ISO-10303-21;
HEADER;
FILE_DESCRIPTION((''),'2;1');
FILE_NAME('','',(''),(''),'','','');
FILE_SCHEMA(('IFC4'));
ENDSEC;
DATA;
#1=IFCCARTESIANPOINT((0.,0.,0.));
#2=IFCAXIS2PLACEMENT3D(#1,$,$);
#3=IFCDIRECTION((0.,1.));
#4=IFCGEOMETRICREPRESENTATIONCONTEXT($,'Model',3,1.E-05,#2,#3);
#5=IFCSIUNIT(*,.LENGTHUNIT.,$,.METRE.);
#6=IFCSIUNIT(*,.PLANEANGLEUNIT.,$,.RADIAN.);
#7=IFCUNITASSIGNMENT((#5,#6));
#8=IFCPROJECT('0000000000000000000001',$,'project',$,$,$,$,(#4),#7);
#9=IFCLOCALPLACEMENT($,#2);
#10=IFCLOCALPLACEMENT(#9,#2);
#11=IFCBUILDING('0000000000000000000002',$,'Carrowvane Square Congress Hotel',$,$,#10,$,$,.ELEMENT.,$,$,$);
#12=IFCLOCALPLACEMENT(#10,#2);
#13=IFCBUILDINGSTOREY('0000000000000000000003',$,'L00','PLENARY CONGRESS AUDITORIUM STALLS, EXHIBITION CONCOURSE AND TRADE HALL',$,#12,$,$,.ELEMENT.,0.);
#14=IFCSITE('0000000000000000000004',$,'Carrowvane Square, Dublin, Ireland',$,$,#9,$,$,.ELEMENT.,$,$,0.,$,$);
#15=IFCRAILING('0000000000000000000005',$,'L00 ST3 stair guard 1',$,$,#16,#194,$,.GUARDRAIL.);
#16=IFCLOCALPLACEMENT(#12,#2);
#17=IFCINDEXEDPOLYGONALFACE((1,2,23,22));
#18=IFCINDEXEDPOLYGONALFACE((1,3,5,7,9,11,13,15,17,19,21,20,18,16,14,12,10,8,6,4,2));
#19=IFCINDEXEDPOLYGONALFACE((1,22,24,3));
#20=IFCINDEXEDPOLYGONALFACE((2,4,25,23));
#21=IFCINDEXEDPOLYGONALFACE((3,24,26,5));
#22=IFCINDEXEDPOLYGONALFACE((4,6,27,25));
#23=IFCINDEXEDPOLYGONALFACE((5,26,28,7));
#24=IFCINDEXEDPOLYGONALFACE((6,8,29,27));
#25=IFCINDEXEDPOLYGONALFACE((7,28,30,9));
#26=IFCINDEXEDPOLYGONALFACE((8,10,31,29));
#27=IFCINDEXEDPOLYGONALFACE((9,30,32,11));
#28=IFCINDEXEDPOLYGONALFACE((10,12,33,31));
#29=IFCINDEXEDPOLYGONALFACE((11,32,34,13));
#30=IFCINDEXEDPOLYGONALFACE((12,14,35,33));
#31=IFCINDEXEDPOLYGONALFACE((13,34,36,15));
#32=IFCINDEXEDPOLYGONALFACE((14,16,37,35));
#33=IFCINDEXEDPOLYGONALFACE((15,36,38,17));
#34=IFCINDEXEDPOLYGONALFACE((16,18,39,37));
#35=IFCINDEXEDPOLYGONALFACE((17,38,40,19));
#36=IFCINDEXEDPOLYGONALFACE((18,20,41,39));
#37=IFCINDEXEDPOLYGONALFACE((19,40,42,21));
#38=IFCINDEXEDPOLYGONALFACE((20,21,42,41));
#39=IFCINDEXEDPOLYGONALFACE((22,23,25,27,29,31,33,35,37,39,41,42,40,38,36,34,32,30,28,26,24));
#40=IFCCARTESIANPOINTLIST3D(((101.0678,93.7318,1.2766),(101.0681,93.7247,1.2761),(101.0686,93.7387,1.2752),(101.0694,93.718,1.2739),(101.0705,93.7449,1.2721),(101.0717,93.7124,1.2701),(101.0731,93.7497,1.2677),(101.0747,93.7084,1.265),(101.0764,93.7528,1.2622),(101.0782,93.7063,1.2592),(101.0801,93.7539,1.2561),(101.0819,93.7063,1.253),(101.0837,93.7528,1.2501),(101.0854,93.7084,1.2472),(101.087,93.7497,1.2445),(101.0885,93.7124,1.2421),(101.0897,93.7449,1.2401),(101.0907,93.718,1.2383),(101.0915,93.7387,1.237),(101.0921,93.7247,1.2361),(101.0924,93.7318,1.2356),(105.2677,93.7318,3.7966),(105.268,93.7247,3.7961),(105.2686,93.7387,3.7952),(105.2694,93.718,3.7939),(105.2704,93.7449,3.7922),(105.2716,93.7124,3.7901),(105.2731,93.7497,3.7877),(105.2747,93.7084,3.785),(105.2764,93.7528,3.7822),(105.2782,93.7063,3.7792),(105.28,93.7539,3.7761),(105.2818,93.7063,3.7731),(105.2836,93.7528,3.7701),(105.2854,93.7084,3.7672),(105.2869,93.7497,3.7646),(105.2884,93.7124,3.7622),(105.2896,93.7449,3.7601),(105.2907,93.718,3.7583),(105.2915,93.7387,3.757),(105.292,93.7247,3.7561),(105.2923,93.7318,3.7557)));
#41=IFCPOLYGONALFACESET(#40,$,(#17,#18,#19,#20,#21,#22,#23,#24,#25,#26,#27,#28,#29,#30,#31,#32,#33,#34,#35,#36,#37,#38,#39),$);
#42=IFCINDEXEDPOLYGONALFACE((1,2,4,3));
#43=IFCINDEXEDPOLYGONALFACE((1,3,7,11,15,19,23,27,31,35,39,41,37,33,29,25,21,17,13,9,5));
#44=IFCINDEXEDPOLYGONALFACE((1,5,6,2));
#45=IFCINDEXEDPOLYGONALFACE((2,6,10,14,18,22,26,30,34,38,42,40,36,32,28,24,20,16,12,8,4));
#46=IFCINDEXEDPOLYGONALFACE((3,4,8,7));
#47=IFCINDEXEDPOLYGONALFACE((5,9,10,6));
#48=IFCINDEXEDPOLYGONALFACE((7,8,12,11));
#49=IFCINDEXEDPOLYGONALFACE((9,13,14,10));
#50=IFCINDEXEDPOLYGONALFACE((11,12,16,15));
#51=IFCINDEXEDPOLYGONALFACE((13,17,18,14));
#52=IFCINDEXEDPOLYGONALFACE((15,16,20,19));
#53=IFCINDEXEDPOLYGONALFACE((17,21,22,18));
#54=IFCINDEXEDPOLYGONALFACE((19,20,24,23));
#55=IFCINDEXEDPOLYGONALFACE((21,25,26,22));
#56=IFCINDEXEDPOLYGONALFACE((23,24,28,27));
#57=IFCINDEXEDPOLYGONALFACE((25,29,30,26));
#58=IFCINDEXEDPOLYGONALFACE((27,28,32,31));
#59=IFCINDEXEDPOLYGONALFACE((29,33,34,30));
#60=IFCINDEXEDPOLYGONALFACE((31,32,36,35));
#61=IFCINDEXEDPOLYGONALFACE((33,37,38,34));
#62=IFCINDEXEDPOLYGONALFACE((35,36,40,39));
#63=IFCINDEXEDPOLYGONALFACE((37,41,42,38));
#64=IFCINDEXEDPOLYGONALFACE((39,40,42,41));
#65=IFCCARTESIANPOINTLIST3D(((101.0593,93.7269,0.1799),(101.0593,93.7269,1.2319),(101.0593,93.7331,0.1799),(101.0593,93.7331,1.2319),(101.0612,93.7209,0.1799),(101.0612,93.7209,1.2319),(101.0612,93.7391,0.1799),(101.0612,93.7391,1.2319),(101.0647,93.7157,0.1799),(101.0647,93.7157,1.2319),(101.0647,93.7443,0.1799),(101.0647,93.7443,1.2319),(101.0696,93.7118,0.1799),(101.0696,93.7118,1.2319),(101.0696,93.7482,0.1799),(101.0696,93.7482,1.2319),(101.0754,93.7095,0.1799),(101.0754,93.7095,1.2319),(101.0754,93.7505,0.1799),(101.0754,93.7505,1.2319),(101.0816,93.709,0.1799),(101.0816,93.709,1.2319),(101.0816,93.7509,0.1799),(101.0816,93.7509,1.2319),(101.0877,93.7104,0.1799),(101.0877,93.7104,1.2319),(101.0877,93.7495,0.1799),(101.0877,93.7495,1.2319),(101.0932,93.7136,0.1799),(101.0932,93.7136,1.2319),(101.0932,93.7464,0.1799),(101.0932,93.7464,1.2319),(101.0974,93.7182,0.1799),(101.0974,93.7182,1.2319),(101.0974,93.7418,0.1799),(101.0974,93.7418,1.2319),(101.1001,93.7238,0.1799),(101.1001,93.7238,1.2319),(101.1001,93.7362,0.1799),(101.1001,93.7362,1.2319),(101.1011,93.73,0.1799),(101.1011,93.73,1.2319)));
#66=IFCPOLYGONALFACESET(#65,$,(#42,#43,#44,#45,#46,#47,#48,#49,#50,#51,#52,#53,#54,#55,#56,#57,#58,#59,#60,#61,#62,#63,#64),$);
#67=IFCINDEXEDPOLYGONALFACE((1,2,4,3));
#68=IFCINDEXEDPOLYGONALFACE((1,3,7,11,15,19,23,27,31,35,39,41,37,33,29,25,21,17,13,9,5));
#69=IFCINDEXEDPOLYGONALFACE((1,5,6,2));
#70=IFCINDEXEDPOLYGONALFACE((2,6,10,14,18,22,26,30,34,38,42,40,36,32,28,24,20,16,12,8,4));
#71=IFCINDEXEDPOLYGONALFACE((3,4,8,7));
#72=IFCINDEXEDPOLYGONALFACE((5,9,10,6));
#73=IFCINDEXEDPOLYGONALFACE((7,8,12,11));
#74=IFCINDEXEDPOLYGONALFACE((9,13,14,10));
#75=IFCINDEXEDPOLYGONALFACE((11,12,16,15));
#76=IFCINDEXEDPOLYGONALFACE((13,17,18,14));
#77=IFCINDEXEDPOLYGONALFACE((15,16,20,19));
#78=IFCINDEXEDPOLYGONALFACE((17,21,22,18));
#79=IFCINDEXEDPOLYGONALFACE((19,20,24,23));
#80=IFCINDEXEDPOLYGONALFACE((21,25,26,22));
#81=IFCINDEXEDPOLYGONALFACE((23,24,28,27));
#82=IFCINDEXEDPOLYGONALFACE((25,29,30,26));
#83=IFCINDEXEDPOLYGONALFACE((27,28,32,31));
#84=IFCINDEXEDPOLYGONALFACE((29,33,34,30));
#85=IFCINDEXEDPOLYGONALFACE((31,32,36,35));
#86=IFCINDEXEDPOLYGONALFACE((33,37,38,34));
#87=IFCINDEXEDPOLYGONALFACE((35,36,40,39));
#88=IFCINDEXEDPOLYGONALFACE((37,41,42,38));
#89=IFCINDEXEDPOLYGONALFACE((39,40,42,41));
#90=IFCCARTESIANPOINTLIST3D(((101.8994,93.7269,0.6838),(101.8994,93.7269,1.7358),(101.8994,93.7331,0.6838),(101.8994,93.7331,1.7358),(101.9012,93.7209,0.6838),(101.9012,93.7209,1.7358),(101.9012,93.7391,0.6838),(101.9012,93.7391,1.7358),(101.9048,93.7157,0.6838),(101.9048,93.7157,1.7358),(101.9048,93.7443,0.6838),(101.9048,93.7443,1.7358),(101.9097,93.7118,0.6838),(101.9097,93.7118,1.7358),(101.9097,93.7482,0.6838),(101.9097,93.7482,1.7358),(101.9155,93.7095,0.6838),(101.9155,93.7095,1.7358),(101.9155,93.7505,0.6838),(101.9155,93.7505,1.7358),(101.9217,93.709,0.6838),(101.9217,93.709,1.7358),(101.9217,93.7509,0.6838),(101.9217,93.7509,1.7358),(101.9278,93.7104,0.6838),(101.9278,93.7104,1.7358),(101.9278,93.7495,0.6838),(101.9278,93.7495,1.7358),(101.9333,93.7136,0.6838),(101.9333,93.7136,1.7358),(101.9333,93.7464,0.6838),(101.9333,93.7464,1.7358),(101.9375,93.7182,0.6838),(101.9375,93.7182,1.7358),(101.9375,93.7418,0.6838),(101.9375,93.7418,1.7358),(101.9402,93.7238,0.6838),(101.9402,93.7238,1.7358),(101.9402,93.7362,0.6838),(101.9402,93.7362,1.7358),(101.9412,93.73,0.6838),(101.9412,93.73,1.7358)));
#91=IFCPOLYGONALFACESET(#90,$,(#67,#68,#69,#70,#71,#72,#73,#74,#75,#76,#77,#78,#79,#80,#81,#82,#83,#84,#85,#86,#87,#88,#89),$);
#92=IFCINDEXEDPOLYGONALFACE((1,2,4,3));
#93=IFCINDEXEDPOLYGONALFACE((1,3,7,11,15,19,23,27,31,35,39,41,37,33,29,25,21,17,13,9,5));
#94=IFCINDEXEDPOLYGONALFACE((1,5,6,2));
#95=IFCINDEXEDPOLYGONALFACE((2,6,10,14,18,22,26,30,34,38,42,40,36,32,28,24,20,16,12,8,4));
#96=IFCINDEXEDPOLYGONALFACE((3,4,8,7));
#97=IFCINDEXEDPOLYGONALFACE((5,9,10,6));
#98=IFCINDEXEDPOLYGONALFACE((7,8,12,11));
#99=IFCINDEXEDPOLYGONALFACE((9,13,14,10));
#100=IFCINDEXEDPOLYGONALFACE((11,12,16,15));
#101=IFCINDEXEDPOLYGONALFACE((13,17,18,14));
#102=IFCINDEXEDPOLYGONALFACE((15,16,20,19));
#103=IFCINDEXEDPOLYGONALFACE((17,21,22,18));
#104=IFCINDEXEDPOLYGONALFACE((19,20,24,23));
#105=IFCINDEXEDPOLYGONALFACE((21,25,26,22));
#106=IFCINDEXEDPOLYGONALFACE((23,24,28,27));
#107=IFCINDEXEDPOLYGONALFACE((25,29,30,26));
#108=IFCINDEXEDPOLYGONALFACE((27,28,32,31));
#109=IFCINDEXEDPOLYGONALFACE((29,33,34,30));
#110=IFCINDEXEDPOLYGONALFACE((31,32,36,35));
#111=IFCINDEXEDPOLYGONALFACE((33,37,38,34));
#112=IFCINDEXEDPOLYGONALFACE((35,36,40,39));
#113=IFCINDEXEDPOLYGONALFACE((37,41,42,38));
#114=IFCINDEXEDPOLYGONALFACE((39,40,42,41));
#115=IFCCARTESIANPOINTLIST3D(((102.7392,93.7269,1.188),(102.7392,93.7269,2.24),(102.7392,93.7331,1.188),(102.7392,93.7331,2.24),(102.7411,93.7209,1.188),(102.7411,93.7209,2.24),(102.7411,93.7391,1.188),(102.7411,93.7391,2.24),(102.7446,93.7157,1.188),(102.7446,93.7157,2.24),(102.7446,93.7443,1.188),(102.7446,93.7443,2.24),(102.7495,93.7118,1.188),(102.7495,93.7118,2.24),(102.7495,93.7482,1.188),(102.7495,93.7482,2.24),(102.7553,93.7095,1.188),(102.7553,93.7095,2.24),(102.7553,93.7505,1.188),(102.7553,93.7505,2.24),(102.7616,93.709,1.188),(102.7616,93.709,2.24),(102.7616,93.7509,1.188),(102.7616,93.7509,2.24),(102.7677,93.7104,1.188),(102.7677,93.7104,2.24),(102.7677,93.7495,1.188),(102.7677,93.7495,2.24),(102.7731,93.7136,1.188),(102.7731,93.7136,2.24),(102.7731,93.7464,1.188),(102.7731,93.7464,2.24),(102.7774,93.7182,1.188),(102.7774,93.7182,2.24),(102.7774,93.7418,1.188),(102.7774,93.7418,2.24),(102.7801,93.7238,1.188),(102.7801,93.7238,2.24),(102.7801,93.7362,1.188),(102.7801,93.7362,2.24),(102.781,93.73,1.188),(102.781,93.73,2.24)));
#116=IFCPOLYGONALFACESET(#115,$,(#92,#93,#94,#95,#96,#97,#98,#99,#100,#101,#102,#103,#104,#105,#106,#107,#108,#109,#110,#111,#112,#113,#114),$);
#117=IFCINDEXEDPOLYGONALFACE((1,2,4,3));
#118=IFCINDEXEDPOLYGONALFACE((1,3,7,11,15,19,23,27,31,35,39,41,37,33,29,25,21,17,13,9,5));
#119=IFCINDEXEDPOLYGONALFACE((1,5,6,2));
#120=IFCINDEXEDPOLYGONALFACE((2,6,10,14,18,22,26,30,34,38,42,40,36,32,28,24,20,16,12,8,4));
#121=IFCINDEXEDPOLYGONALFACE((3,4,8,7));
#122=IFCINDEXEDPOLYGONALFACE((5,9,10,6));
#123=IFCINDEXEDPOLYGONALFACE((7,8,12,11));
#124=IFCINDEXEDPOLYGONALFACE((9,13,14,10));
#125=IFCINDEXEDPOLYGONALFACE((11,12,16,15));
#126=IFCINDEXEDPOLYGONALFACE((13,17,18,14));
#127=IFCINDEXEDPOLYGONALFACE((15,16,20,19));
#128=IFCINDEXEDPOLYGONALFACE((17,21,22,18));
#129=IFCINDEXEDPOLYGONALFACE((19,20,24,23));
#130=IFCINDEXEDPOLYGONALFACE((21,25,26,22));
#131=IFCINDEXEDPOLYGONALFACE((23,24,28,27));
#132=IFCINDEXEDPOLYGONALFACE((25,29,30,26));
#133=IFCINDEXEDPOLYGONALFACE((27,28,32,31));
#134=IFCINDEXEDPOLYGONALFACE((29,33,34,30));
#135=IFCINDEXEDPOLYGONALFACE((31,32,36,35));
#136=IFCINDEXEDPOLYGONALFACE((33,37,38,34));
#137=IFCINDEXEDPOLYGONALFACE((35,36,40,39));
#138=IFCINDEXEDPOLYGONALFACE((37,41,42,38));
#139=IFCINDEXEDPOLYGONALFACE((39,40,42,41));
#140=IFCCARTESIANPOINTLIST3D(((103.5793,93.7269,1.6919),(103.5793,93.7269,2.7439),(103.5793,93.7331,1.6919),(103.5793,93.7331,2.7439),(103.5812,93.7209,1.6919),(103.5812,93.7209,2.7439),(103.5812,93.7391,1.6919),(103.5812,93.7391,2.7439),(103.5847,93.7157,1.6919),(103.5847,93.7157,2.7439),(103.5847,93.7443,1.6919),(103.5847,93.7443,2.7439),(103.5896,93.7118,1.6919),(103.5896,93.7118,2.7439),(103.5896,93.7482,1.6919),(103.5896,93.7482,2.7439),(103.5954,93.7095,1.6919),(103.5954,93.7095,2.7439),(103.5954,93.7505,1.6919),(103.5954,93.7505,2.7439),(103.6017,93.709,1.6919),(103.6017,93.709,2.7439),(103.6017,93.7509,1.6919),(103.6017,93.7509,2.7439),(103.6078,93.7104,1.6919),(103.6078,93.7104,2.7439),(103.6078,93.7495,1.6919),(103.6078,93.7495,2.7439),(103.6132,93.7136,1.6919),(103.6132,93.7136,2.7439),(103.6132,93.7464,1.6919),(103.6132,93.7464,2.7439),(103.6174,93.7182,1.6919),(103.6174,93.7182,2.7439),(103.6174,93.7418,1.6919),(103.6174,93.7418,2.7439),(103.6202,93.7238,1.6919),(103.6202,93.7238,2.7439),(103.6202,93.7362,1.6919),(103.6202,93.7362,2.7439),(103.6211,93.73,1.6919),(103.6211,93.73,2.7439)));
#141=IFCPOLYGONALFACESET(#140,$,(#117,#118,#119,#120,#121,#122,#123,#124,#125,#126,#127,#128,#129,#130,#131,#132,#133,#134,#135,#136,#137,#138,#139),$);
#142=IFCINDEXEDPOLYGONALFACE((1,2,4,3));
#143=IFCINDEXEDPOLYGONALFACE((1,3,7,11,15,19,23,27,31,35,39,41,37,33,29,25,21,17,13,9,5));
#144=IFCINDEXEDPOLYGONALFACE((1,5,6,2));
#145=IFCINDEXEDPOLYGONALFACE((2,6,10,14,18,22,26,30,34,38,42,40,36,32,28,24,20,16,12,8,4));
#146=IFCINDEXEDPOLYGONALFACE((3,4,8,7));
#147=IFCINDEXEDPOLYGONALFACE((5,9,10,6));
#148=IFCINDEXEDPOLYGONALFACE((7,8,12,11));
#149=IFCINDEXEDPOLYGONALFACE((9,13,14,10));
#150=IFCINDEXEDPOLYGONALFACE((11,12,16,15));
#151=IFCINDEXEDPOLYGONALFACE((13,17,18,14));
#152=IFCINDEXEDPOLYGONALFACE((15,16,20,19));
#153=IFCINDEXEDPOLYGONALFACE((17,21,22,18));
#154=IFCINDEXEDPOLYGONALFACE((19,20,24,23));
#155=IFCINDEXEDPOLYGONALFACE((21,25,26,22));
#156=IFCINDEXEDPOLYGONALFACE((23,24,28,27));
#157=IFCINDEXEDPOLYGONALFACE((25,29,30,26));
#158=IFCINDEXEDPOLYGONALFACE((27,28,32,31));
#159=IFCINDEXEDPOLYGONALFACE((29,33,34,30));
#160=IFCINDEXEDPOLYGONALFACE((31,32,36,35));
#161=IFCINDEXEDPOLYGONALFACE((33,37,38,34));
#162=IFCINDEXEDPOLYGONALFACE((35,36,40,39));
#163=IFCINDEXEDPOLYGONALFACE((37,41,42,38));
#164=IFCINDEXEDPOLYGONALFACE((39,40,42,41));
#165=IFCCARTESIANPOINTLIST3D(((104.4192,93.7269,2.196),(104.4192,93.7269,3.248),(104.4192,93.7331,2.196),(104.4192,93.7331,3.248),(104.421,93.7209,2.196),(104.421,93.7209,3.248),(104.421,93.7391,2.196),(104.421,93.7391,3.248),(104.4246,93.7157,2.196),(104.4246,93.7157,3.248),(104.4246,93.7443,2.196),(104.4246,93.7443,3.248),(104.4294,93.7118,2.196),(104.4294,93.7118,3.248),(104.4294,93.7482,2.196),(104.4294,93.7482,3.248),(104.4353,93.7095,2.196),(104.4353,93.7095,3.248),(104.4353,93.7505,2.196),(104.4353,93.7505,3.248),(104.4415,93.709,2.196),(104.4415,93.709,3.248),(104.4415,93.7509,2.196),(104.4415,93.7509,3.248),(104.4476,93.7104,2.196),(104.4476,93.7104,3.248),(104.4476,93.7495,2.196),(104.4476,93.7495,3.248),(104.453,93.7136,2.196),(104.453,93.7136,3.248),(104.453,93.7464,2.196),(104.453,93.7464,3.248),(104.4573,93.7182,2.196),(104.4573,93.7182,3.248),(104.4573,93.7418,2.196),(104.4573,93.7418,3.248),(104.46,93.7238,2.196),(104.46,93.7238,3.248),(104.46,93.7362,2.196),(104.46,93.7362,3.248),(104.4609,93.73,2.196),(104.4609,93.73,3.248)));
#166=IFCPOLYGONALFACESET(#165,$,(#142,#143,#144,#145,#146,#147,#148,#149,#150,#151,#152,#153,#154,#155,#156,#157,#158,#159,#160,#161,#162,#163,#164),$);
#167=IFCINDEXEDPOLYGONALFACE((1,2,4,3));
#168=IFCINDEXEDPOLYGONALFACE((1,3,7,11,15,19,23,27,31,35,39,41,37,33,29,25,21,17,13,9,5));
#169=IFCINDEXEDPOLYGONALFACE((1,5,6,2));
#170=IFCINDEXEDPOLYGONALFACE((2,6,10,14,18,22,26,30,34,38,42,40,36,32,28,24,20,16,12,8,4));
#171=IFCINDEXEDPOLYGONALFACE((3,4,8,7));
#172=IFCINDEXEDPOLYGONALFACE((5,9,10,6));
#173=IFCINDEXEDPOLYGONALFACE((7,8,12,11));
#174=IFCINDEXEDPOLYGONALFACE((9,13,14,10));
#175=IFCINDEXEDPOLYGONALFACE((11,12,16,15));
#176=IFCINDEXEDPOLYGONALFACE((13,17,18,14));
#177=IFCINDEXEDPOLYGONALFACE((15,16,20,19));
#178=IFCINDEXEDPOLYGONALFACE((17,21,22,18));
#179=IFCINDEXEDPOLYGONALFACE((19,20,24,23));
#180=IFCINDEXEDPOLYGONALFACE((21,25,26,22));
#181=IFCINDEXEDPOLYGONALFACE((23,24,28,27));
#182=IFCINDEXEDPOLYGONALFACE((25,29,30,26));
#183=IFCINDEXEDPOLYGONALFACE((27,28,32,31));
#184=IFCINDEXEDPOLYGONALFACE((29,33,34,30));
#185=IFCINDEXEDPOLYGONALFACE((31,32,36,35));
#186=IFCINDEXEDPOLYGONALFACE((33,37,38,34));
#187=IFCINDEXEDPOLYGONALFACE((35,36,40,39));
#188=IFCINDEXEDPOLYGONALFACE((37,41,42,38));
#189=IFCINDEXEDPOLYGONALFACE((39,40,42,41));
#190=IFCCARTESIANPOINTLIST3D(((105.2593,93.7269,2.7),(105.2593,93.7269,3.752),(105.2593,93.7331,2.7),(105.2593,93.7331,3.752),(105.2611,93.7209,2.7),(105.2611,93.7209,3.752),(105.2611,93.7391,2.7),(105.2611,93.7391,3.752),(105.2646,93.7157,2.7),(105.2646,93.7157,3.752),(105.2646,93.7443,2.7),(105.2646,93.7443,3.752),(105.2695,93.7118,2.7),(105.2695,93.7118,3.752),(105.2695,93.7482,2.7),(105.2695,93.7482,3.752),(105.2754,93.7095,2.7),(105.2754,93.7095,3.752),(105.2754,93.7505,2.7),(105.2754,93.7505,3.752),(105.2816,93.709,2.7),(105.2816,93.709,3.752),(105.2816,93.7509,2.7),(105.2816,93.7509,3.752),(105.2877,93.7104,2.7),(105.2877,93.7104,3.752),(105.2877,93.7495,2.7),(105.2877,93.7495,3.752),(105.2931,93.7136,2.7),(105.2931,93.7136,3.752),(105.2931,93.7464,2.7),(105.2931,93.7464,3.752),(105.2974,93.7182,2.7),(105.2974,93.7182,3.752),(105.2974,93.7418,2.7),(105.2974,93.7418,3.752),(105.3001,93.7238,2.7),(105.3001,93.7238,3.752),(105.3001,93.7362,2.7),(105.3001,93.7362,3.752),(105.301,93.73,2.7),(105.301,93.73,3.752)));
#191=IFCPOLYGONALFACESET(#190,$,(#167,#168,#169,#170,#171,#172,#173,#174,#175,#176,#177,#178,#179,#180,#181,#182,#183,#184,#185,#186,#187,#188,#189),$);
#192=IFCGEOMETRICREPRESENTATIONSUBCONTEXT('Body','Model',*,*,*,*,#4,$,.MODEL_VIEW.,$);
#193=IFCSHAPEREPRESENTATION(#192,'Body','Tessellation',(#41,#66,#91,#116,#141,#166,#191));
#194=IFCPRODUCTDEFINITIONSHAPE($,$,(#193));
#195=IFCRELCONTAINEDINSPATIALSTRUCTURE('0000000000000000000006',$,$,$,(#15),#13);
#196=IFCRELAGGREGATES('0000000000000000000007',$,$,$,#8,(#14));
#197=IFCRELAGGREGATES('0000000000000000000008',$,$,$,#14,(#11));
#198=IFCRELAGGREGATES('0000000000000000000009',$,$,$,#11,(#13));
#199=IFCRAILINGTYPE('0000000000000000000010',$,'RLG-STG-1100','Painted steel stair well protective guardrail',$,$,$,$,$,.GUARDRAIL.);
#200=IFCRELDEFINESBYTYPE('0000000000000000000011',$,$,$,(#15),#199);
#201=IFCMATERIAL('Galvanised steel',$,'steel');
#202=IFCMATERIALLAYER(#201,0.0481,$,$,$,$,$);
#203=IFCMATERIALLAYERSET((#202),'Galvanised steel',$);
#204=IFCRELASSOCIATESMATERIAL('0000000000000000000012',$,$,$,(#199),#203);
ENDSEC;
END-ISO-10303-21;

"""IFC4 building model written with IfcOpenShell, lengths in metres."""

from ifc_helpers import new_model, si_unit, direction, frame, origin, origin_2d, place, context, subcontext, project, spatial, circle, extrude, material, layer, layer_set, type_object, element, save


model = new_model("IFC4")

# Units and contexts
model_context = context("Model", 3, precision=1e-05, world=origin(), true_north=direction((0.0, 1.0)))
body_context = subcontext(model_context, "Body", "Model", "MODEL_VIEW")
ifc_project = project(units=[si_unit("LENGTHUNIT", "METRE"), si_unit("PLANEANGLEUNIT", "RADIAN")], contexts=[model_context])

# Site, building, storey
site_placement = place(None, origin())
site = spatial("IfcSite", under=ifc_project, at=site_placement, Name="Carrowvane Square, Dublin, Ireland", CompositionType="ELEMENT", RefElevation=0.0)
building_placement = place(site_placement, origin())
building = spatial("IfcBuilding", under=site, at=building_placement, Name="Carrowvane Square Congress Hotel", CompositionType="ELEMENT")
storey_placement = place(building_placement, origin())
storey = spatial("IfcBuildingStorey", under=building, at=storey_placement, Name="L00", Description="PLENARY CONGRESS AUDITORIUM STALLS, EXHIBITION CONCOURSE AND TRADE HALL", CompositionType="ELEMENT", Elevation=0.0)

# Railing
ifc_material_1 = material(Name="Galvanised steel", Category="steel")
ifc_layer_1 = layer(ifc_material_1, 0.0481)
ifc_layer_set_1 = layer_set([ifc_layer_1], Name="Galvanised steel")
railing_type_1 = type_object("IfcRailingType", Name="RLG-STG-1100", Description="Painted steel stair well protective guardrail", PredefinedType="GUARDRAIL", material=ifc_layer_set_1)
railing_1_placement = place(storey_placement, frame((101.0801, 93.73, 0.1799)))
element("IfcRailing", 1, at=railing_1_placement, inside=storey, type_object=railing_type_1, Name="L00 ST3 stair guard 1", PredefinedType="GUARDRAIL", context=body_context, shape_type="SweptSolid", body=[
    extrude(circle(Radius=0.0239, at=origin_2d()), frame((0.0, 0.0, 1.0762), z_axis=(0.857489, 0.0, 0.514503), x_axis=(0.0, 1.0, 0.0)), (0.0, 0.0, 1.0), 4.8979),
    extrude(circle(Radius=0.021, at=origin_2d()), origin(), (0.0, 0.0, 1.0), 1.052),
    extrude(circle(Radius=0.021, at=origin_2d()), frame((0.8401, 0.0, 0.5039)), (0.0, 0.0, 1.0), 1.052),
    extrude(circle(Radius=0.021, at=origin_2d()), frame((1.6799, 0.0, 1.0081)), (0.0, 0.0, 1.0), 1.052),
    extrude(circle(Radius=0.021, at=origin_2d()), frame((2.52, 0.0, 1.512)), (0.0, 0.0, 1.0), 1.052),
    extrude(circle(Radius=0.021, at=origin_2d()), frame((3.3599, 0.0, 2.0161)), (0.0, 0.0, 1.0), 1.052),
    extrude(circle(Radius=0.021, at=origin_2d()), frame((4.2, 0.0, 2.52)), (0.0, 0.0, 1.0), 1.052),
])

save(model, "model.ifc")
